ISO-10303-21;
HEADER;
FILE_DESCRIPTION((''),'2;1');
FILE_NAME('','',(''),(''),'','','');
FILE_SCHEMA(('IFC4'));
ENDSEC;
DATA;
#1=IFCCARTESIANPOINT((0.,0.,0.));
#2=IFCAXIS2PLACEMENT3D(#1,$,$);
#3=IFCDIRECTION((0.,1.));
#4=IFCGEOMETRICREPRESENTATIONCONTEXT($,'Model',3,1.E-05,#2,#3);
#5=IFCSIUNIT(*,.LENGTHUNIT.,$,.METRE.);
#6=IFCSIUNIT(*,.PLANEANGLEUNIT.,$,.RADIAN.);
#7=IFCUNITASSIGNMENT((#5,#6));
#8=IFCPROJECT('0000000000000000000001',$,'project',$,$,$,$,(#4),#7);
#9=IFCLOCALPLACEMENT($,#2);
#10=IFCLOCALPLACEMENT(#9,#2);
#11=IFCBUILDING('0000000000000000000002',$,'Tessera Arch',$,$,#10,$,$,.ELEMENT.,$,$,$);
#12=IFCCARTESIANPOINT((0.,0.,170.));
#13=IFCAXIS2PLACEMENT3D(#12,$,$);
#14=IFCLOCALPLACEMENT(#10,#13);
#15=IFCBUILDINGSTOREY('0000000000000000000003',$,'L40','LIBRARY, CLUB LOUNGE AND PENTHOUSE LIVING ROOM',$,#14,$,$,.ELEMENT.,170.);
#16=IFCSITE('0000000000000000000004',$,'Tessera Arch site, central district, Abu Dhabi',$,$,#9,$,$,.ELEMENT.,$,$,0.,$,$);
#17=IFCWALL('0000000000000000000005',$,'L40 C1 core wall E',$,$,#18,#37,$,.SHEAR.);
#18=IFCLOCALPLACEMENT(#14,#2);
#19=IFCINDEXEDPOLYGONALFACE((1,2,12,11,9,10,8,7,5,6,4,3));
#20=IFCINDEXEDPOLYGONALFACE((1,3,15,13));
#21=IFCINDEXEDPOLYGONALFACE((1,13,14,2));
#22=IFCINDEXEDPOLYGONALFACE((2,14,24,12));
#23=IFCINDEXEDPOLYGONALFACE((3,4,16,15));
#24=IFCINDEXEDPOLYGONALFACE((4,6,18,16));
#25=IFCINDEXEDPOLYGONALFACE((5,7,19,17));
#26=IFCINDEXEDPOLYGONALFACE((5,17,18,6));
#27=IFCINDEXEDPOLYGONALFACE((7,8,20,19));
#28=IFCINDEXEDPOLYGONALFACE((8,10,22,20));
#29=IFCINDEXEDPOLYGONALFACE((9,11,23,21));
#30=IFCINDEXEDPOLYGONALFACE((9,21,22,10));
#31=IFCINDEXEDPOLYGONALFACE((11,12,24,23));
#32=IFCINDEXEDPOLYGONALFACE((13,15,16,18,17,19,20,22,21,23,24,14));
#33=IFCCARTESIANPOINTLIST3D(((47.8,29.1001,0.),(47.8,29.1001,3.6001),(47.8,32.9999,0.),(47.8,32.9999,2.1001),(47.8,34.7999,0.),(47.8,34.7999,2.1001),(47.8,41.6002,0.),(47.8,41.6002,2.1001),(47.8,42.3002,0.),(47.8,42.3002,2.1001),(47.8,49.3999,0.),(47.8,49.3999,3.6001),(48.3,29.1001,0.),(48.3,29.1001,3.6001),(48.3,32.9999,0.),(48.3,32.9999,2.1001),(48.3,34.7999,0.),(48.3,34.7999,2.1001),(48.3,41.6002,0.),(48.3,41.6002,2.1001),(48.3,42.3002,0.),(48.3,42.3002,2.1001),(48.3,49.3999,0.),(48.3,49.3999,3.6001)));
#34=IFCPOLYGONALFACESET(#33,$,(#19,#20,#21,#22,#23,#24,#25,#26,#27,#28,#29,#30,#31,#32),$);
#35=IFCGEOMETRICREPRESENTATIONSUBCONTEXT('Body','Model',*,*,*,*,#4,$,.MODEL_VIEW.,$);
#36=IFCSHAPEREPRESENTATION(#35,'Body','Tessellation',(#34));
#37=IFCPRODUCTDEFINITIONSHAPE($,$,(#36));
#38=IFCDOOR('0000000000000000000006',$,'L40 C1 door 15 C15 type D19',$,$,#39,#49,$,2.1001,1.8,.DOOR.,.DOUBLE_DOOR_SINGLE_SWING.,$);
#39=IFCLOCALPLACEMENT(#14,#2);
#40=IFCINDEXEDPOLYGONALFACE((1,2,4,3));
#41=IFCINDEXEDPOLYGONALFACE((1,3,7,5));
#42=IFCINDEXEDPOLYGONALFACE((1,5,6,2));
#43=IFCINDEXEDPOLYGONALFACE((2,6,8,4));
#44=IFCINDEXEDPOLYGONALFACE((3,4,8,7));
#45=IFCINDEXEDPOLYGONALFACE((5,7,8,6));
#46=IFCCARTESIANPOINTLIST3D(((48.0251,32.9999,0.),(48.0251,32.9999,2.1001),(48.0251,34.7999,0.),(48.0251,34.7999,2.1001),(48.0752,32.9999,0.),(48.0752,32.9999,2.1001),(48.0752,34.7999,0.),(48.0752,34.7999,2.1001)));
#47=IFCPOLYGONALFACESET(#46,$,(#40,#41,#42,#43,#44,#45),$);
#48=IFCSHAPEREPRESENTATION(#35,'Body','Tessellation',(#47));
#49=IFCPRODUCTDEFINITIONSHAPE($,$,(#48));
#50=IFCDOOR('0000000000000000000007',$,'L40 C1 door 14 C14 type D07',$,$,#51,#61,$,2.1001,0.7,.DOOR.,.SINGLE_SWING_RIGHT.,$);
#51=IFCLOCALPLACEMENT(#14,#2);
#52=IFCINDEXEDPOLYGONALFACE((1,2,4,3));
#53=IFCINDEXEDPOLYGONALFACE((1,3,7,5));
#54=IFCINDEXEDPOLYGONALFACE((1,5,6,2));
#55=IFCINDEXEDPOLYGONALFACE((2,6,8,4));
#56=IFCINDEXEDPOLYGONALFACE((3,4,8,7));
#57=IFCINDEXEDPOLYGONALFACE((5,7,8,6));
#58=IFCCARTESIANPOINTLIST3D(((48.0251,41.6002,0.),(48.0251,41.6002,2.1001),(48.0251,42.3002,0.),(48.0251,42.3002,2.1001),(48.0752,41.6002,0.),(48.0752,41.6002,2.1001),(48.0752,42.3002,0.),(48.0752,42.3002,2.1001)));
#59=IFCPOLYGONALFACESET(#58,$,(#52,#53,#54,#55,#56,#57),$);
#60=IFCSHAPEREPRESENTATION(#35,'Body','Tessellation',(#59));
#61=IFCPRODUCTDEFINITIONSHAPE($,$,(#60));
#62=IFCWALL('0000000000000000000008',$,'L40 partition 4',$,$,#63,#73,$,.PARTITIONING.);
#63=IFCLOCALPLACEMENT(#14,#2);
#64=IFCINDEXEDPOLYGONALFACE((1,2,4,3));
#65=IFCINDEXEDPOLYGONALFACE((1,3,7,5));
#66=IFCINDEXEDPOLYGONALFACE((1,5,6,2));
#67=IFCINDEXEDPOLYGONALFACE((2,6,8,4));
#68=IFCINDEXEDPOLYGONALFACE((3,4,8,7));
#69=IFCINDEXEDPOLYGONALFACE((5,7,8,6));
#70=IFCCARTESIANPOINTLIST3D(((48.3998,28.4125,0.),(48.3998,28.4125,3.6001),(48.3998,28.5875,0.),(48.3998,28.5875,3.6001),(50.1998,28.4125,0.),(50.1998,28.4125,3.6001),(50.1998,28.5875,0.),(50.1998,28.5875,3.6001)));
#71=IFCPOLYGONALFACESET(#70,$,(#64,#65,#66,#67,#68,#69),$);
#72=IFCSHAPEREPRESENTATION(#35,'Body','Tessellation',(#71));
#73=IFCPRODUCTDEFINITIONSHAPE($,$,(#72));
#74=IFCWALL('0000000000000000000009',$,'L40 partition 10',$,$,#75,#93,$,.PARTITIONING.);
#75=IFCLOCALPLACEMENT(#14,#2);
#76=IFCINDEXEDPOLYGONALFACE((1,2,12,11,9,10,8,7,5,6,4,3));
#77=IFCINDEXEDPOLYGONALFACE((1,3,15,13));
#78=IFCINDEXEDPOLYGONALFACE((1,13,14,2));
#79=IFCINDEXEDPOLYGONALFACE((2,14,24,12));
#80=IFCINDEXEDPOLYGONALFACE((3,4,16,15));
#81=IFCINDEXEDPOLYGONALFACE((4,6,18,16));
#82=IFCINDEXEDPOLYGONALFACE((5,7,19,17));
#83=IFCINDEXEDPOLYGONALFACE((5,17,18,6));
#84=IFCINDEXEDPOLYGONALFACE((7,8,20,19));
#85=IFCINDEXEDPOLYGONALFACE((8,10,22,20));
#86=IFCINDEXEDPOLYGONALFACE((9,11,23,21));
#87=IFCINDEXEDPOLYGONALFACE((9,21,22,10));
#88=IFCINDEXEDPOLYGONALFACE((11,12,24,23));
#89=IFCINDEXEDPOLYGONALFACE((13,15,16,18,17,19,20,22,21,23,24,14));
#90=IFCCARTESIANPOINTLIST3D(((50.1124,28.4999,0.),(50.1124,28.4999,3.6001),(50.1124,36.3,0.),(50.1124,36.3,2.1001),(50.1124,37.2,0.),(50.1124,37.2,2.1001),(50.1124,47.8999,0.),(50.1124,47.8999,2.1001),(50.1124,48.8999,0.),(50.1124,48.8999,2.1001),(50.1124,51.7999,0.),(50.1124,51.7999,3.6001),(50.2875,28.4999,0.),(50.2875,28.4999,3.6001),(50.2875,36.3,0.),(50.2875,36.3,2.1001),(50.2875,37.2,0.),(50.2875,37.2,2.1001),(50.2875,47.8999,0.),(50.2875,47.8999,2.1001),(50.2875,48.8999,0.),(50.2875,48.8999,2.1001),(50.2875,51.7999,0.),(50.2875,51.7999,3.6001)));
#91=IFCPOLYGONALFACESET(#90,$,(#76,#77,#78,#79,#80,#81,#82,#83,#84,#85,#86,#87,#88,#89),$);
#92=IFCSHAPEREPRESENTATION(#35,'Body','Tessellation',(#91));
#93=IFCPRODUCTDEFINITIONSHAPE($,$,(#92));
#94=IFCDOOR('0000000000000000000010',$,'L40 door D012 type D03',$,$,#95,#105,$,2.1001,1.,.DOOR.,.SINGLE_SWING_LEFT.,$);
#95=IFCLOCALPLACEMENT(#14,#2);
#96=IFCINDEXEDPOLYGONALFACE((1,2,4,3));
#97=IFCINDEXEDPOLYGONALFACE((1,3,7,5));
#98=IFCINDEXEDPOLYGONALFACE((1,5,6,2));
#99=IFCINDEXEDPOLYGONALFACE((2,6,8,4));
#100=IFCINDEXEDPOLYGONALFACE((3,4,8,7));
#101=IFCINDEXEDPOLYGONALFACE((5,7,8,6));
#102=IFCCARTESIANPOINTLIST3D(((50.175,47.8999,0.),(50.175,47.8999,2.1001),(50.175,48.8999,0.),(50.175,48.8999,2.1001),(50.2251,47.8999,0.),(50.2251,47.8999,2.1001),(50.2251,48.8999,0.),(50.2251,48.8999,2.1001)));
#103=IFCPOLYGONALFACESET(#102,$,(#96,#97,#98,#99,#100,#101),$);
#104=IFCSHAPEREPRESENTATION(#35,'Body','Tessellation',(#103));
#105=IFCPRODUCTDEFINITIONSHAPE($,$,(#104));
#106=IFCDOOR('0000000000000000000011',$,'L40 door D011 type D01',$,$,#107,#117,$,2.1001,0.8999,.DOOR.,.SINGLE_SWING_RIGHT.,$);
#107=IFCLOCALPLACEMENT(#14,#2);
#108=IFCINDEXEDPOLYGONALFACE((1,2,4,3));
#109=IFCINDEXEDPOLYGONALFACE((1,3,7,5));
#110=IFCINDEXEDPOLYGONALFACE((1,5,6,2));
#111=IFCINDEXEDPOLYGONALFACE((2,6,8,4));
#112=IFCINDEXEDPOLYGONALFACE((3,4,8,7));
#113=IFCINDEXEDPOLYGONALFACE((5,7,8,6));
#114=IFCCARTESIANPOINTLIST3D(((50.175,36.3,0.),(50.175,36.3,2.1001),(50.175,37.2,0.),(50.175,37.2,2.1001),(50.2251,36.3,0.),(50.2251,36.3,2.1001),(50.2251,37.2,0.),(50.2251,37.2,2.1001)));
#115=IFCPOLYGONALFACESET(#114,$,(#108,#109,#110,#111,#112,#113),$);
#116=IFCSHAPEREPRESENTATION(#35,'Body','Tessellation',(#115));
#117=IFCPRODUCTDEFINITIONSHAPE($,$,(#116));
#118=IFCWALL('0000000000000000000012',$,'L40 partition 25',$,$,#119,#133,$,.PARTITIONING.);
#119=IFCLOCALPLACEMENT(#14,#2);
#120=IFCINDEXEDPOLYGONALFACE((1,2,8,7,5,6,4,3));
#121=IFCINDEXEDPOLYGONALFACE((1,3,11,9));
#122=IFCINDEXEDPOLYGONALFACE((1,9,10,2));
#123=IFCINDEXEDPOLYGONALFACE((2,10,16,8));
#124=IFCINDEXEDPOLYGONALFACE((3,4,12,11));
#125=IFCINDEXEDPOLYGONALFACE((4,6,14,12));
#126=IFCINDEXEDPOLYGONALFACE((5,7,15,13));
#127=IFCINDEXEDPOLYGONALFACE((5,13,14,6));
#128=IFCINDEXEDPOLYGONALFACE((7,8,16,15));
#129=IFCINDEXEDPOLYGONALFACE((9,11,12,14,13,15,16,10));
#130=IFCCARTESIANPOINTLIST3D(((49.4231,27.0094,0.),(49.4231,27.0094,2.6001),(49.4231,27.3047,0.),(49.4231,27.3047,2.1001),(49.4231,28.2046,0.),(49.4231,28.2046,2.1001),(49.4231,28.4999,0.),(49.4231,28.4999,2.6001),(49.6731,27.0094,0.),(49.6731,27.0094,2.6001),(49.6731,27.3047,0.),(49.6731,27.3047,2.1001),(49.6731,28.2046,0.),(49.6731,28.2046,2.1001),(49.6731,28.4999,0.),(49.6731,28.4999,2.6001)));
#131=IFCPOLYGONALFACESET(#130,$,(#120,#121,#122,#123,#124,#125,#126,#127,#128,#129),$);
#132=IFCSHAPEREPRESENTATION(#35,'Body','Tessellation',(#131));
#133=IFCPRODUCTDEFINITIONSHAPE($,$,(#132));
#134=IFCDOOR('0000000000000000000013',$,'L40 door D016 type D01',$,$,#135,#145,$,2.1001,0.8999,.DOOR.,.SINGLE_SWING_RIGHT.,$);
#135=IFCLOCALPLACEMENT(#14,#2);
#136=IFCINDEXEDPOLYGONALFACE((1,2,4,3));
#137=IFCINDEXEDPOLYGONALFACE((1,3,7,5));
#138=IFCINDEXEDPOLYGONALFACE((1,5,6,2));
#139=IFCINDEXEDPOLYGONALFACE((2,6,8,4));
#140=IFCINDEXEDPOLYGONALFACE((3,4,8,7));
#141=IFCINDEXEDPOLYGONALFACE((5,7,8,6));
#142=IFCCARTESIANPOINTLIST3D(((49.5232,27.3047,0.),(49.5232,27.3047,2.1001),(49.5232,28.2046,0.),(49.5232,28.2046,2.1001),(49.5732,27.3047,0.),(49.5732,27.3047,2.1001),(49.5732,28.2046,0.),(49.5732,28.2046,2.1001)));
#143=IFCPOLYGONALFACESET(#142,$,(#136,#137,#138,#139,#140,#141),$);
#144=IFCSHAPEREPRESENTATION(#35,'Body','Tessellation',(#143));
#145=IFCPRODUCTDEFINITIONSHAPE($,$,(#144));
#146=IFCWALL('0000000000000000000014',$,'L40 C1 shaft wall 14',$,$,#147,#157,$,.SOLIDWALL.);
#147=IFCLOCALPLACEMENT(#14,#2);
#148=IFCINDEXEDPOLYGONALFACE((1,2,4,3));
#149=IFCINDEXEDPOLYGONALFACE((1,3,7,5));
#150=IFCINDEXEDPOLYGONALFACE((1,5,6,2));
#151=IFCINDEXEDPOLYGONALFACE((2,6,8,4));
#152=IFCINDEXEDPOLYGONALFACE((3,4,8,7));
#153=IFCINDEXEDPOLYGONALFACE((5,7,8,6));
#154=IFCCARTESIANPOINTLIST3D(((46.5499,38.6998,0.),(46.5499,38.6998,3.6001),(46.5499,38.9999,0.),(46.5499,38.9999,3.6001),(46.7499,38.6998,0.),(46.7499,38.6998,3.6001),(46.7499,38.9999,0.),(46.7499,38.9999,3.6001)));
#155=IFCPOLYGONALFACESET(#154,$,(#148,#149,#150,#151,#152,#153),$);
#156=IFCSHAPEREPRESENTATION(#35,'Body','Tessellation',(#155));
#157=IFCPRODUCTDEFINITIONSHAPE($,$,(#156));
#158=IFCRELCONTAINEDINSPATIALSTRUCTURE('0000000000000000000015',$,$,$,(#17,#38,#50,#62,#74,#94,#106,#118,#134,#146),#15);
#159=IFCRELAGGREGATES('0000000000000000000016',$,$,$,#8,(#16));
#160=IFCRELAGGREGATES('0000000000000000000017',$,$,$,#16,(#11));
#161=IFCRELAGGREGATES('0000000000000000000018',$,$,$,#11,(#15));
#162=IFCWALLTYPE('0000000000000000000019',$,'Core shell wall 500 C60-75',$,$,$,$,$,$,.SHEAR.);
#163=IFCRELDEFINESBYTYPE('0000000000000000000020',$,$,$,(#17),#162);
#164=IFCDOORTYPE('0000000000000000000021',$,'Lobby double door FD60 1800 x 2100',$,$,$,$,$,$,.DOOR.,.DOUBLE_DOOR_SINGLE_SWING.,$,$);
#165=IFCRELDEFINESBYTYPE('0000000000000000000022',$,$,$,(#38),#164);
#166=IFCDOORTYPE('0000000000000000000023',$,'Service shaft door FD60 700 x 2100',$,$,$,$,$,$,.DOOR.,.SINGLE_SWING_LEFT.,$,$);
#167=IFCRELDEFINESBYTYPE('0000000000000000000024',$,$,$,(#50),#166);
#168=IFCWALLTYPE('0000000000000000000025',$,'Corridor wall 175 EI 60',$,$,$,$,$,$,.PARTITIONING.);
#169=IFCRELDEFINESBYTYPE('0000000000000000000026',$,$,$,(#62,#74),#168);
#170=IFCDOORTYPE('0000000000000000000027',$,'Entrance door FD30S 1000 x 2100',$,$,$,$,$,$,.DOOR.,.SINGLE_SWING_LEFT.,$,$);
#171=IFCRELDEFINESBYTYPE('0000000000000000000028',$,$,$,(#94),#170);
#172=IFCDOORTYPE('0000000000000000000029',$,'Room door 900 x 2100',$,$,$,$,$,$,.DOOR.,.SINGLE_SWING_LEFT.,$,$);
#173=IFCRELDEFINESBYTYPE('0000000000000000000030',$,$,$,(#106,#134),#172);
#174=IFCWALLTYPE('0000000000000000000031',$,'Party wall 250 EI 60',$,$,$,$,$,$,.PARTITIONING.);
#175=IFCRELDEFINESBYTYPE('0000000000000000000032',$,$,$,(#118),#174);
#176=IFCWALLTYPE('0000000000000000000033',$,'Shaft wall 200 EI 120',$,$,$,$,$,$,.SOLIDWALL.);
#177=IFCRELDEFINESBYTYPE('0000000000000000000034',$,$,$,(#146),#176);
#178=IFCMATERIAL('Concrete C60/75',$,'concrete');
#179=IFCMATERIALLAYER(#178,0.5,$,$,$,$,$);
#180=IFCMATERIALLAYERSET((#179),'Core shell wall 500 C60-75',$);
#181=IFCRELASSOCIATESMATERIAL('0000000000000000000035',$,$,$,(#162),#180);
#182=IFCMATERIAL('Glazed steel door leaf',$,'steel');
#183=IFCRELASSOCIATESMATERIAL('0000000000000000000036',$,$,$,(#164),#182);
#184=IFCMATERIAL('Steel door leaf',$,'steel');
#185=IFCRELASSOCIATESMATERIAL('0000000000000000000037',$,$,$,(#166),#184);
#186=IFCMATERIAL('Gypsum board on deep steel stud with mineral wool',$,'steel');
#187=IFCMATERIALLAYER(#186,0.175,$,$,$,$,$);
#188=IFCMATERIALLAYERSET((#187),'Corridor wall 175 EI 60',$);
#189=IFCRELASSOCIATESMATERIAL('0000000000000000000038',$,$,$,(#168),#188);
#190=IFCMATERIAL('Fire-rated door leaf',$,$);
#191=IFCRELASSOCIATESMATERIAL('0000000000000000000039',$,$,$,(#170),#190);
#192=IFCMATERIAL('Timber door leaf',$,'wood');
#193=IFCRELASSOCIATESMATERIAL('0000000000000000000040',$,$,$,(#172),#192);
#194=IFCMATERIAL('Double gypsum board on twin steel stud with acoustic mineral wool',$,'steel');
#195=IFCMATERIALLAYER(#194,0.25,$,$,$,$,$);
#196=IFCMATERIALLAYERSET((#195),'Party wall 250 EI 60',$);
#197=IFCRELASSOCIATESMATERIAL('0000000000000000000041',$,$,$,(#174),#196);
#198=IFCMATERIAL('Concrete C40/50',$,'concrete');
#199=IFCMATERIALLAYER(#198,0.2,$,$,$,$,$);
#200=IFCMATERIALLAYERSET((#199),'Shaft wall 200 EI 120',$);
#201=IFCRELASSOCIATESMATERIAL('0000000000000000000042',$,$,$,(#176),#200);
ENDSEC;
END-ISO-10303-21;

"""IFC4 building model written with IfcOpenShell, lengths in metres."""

from ifc_helpers import new_model, si_unit, direction, frame, frame_2d, origin, place, context, subcontext, project, spatial, rectangle, extrude, material, layer, layer_set, type_object, element, fill, save


model = new_model("IFC4")

# Units and contexts
model_context = context("Model", 3, precision=1e-05, world=origin(), true_north=direction((0.0, 1.0)))
body_context = subcontext(model_context, "Body", "Model", "MODEL_VIEW")
ifc_project = project(units=[si_unit("LENGTHUNIT", "METRE"), si_unit("PLANEANGLEUNIT", "RADIAN")], contexts=[model_context])

# Site, building, storey
site_placement = place(None, origin())
site = spatial("IfcSite", under=ifc_project, at=site_placement, Name="Tessera Arch site, central district, Abu Dhabi", CompositionType="ELEMENT", RefElevation=0.0)
building_placement = place(site_placement, origin())
building = spatial("IfcBuilding", under=site, at=building_placement, Name="Tessera Arch", CompositionType="ELEMENT")
storey_placement = place(building_placement, frame((0.0, 0.0, 170.0)))
storey = spatial("IfcBuildingStorey", under=building, at=storey_placement, Name="L40", Description="LIBRARY, CLUB LOUNGE AND PENTHOUSE LIVING ROOM", CompositionType="ELEMENT", Elevation=170.0)

# Wall, openings, doors
ifc_material_1 = material(Name="Concrete C60/75", Category="concrete")
ifc_layer_1 = layer(ifc_material_1, 0.5)
ifc_layer_set_1 = layer_set([ifc_layer_1], Name="Core shell wall 500 C60-75")
wall_type_1 = type_object("IfcWallType", Name="Core shell wall 500 C60-75", PredefinedType="SHEAR", material=ifc_layer_set_1)
wall_1_placement = place(storey_placement, frame((48.05, 29.1001, 0.0), z_axis=(0.0, 0.0, 1.0), x_axis=(0.0, 1.0, 0.0)))
wall_1 = element("IfcWall", 1, at=wall_1_placement, inside=storey, type_object=wall_type_1, Name="L40 C1 core wall E", PredefinedType="SHEAR", context=body_context, shape_type="SweptSolid", body=[
    extrude(rectangle(XDim=20.2998, YDim=0.5, at=frame_2d((10.1499, 0.0))), origin(), (0.0, 0.0, 1.0), 3.6001),
])
opening_1_placement = place(wall_1_placement, frame((12.5, 0.0, 0.0)))
opening_1 = element("IfcOpeningElement", 2, at=opening_1_placement, cuts=wall_1, PredefinedType="OPENING", context=body_context, shape_type="SweptSolid", body=[
    extrude(rectangle(XDim=0.7, YDim=2.1001, at=frame_2d((0.3501, 1.05))), frame((0.0, 0.26, 0.0), z_axis=(0.0, -1.0, 0.0), x_axis=(1.0, 0.0, 0.0)), (0.0, 0.0, 1.0), 0.52),
])
opening_2_placement = place(wall_1_placement, frame((3.8999, 0.0, 0.0)))
opening_2 = element("IfcOpeningElement", 3, at=opening_2_placement, cuts=wall_1, PredefinedType="OPENING", context=body_context, shape_type="SweptSolid", body=[
    extrude(rectangle(XDim=1.8, YDim=2.1001, at=frame_2d((0.8999, 1.05))), frame((0.0, 0.26, 0.0), z_axis=(0.0, -1.0, 0.0), x_axis=(1.0, 0.0, 0.0)), (0.0, 0.0, 1.0), 0.52),
])
ifc_material_2 = material(Name="Glazed steel door leaf", Category="steel")
door_type_1 = type_object("IfcDoorType", Name="Lobby double door FD60 1800 x 2100", OperationType="DOUBLE_DOOR_SINGLE_SWING", PredefinedType="DOOR", material=ifc_material_2)
door_1_placement = place(opening_2_placement, origin())
door_1 = element("IfcDoor", 4, at=door_1_placement, inside=storey, type_object=door_type_1, Name="L40 C1 door 15 C15 type D19", OperationType="DOUBLE_DOOR_SINGLE_SWING", OverallHeight=2.1001, OverallWidth=1.8, PredefinedType="DOOR", context=body_context, shape_type="SweptSolid", body=[
    extrude(rectangle(XDim=1.8, YDim=2.1001, at=frame_2d((0.8999, 1.05))), frame((0.0, 0.0249, 0.0), z_axis=(0.0, -1.0, 0.0), x_axis=(1.0, 0.0, 0.0)), (0.0, 0.0, 1.0), 0.05),
])
fill(opening_2, door_1)
ifc_material_3 = material(Name="Steel door leaf", Category="steel")
door_type_2 = type_object("IfcDoorType", Name="Service shaft door FD60 700 x 2100", OperationType="SINGLE_SWING_LEFT", PredefinedType="DOOR", material=ifc_material_3)
door_2_placement = place(opening_1_placement, origin())
door_2 = element("IfcDoor", 5, at=door_2_placement, inside=storey, type_object=door_type_2, Name="L40 C1 door 14 C14 type D07", OperationType="SINGLE_SWING_RIGHT", OverallHeight=2.1001, OverallWidth=0.7, PredefinedType="DOOR", context=body_context, shape_type="SweptSolid", body=[
    extrude(rectangle(XDim=0.7, YDim=2.1001, at=frame_2d((0.3501, 1.05))), frame((0.0, 0.0249, 0.0), z_axis=(0.0, -1.0, 0.0), x_axis=(1.0, 0.0, 0.0)), (0.0, 0.0, 1.0), 0.05),
])
fill(opening_1, door_2)

# Wall
ifc_material_4 = material(Name="Gypsum board on deep steel stud with mineral wool", Category="steel")
ifc_layer_2 = layer(ifc_material_4, 0.175)
ifc_layer_set_2 = layer_set([ifc_layer_2], Name="Corridor wall 175 EI 60")
wall_type_2 = type_object("IfcWallType", Name="Corridor wall 175 EI 60", PredefinedType="PARTITIONING", material=ifc_layer_set_2)
wall_2_placement = place(storey_placement, frame((48.3999, 28.5, 0.0), z_axis=(0.0, 0.0, 1.0), x_axis=(1.0, 0.0, 0.0)))
element("IfcWall", 6, at=wall_2_placement, inside=storey, type_object=wall_type_2, Name="L40 partition 4", PredefinedType="PARTITIONING", context=body_context, shape_type="SweptSolid", body=[
    extrude(rectangle(XDim=1.8, YDim=0.175, at=frame_2d((0.8999, 0.0))), origin(), (0.0, 0.0, 1.0), 3.6001),
])

# Wall, openings, doors
wall_3_placement = place(storey_placement, frame((50.2, 28.5, 0.0), z_axis=(0.0, 0.0, 1.0), x_axis=(0.0, 1.0, 0.0)))
wall_3 = element("IfcWall", 7, at=wall_3_placement, inside=storey, type_object=wall_type_2, Name="L40 partition 10", PredefinedType="PARTITIONING", context=body_context, shape_type="SweptSolid", body=[
    extrude(rectangle(XDim=23.3, YDim=0.175, at=frame_2d((11.6499, 0.0))), origin(), (0.0, 0.0, 1.0), 3.6001),
])
opening_3_placement = place(wall_3_placement, frame((7.8, 0.0, 0.0)))
opening_3 = element("IfcOpeningElement", 8, at=opening_3_placement, cuts=wall_3, PredefinedType="OPENING", context=body_context, shape_type="SweptSolid", body=[
    extrude(rectangle(XDim=0.8999, YDim=2.1001, at=frame_2d((0.45, 1.05))), frame((0.0, 0.0974, 0.0), z_axis=(0.0, -1.0, 0.0), x_axis=(1.0, 0.0, 0.0)), (0.0, 0.0, 1.0), 0.1951),
])
opening_4_placement = place(wall_3_placement, frame((19.3999, 0.0, 0.0)))
opening_4 = element("IfcOpeningElement", 9, at=opening_4_placement, cuts=wall_3, PredefinedType="OPENING", context=body_context, shape_type="SweptSolid", body=[
    extrude(rectangle(XDim=1.0, YDim=2.1001, at=frame_2d((0.5, 1.05))), frame((0.0, 0.0974, 0.0), z_axis=(0.0, -1.0, 0.0), x_axis=(1.0, 0.0, 0.0)), (0.0, 0.0, 1.0), 0.1951),
])
ifc_material_5 = material(Name="Fire-rated door leaf")
door_type_3 = type_object("IfcDoorType", Name="Entrance door FD30S 1000 x 2100", OperationType="SINGLE_SWING_LEFT", PredefinedType="DOOR", material=ifc_material_5)
door_3_placement = place(opening_4_placement, origin())
door_3 = element("IfcDoor", 10, at=door_3_placement, inside=storey, type_object=door_type_3, Name="L40 door D012 type D03", OperationType="SINGLE_SWING_LEFT", OverallHeight=2.1001, OverallWidth=1.0, PredefinedType="DOOR", context=body_context, shape_type="SweptSolid", body=[
    extrude(rectangle(XDim=1.0, YDim=2.1001, at=frame_2d((0.5, 1.05))), frame((0.0, 0.0249, 0.0), z_axis=(0.0, -1.0, 0.0), x_axis=(1.0, 0.0, 0.0)), (0.0, 0.0, 1.0), 0.05),
])
fill(opening_4, door_3)
ifc_material_6 = material(Name="Timber door leaf", Category="wood")
door_type_4 = type_object("IfcDoorType", Name="Room door 900 x 2100", OperationType="SINGLE_SWING_LEFT", PredefinedType="DOOR", material=ifc_material_6)
door_4_placement = place(opening_3_placement, origin())
door_4 = element("IfcDoor", 11, at=door_4_placement, inside=storey, type_object=door_type_4, Name="L40 door D011 type D01", OperationType="SINGLE_SWING_RIGHT", OverallHeight=2.1001, OverallWidth=0.8999, PredefinedType="DOOR", context=body_context, shape_type="SweptSolid", body=[
    extrude(rectangle(XDim=0.8999, YDim=2.1001, at=frame_2d((0.45, 1.05))), frame((0.0, 0.0249, 0.0), z_axis=(0.0, -1.0, 0.0), x_axis=(1.0, 0.0, 0.0)), (0.0, 0.0, 1.0), 0.05),
])
fill(opening_3, door_4)

# Wall, opening, door
ifc_material_7 = material(Name="Double gypsum board on twin steel stud with acoustic mineral wool", Category="steel")
ifc_layer_3 = layer(ifc_material_7, 0.25)
ifc_layer_set_3 = layer_set([ifc_layer_3], Name="Party wall 250 EI 60")
wall_type_3 = type_object("IfcWallType", Name="Party wall 250 EI 60", PredefinedType="PARTITIONING", material=ifc_layer_set_3)
wall_4_placement = place(storey_placement, frame((49.5481, 27.0095, 0.0), z_axis=(0.0, 0.0, 1.0), x_axis=(0.0, 1.0, 0.0)))
wall_4 = element("IfcWall", 12, at=wall_4_placement, inside=storey, type_object=wall_type_3, Name="L40 partition 25", PredefinedType="PARTITIONING", context=body_context, shape_type="SweptSolid", body=[
    extrude(rectangle(XDim=1.4905, YDim=0.25, at=frame_2d((0.7451, 0.0))), origin(), (0.0, 0.0, 1.0), 2.6001),
])
opening_5_placement = place(wall_4_placement, frame((0.2952, 0.0, 0.0)))
opening_5 = element("IfcOpeningElement", 13, at=opening_5_placement, cuts=wall_4, PredefinedType="OPENING", context=body_context, shape_type="SweptSolid", body=[
    extrude(rectangle(XDim=0.8999, YDim=2.1001, at=frame_2d((0.45, 1.05))), frame((0.0, 0.135, 0.0), z_axis=(0.0, -1.0, 0.0), x_axis=(1.0, 0.0, 0.0)), (0.0, 0.0, 1.0), 0.27),
])
door_5_placement = place(opening_5_placement, origin())
door_5 = element("IfcDoor", 14, at=door_5_placement, inside=storey, type_object=door_type_4, Name="L40 door D016 type D01", OperationType="SINGLE_SWING_RIGHT", OverallHeight=2.1001, OverallWidth=0.8999, PredefinedType="DOOR", context=body_context, shape_type="SweptSolid", body=[
    extrude(rectangle(XDim=0.8999, YDim=2.1001, at=frame_2d((0.45, 1.05))), frame((0.0, 0.0249, 0.0), z_axis=(0.0, -1.0, 0.0), x_axis=(1.0, 0.0, 0.0)), (0.0, 0.0, 1.0), 0.05),
])
fill(opening_5, door_5)

# Wall
ifc_material_8 = material(Name="Concrete C40/50", Category="concrete")
ifc_layer_4 = layer(ifc_material_8, 0.2)
ifc_layer_set_4 = layer_set([ifc_layer_4], Name="Shaft wall 200 EI 120")
wall_type_4 = type_object("IfcWallType", Name="Shaft wall 200 EI 120", PredefinedType="SOLIDWALL", material=ifc_layer_set_4)
wall_5_placement = place(storey_placement, frame((46.6499, 38.7, 0.0), z_axis=(0.0, 0.0, 1.0), x_axis=(0.0, 1.0, 0.0)))
element("IfcWall", 15, at=wall_5_placement, inside=storey, type_object=wall_type_4, Name="L40 C1 shaft wall 14", PredefinedType="SOLIDWALL", context=body_context, shape_type="SweptSolid", body=[
    extrude(rectangle(XDim=0.3, YDim=0.2, at=frame_2d((0.1499, 0.0))), origin(), (0.0, 0.0, 1.0), 3.6001),
])

save(model, "model.ifc")
